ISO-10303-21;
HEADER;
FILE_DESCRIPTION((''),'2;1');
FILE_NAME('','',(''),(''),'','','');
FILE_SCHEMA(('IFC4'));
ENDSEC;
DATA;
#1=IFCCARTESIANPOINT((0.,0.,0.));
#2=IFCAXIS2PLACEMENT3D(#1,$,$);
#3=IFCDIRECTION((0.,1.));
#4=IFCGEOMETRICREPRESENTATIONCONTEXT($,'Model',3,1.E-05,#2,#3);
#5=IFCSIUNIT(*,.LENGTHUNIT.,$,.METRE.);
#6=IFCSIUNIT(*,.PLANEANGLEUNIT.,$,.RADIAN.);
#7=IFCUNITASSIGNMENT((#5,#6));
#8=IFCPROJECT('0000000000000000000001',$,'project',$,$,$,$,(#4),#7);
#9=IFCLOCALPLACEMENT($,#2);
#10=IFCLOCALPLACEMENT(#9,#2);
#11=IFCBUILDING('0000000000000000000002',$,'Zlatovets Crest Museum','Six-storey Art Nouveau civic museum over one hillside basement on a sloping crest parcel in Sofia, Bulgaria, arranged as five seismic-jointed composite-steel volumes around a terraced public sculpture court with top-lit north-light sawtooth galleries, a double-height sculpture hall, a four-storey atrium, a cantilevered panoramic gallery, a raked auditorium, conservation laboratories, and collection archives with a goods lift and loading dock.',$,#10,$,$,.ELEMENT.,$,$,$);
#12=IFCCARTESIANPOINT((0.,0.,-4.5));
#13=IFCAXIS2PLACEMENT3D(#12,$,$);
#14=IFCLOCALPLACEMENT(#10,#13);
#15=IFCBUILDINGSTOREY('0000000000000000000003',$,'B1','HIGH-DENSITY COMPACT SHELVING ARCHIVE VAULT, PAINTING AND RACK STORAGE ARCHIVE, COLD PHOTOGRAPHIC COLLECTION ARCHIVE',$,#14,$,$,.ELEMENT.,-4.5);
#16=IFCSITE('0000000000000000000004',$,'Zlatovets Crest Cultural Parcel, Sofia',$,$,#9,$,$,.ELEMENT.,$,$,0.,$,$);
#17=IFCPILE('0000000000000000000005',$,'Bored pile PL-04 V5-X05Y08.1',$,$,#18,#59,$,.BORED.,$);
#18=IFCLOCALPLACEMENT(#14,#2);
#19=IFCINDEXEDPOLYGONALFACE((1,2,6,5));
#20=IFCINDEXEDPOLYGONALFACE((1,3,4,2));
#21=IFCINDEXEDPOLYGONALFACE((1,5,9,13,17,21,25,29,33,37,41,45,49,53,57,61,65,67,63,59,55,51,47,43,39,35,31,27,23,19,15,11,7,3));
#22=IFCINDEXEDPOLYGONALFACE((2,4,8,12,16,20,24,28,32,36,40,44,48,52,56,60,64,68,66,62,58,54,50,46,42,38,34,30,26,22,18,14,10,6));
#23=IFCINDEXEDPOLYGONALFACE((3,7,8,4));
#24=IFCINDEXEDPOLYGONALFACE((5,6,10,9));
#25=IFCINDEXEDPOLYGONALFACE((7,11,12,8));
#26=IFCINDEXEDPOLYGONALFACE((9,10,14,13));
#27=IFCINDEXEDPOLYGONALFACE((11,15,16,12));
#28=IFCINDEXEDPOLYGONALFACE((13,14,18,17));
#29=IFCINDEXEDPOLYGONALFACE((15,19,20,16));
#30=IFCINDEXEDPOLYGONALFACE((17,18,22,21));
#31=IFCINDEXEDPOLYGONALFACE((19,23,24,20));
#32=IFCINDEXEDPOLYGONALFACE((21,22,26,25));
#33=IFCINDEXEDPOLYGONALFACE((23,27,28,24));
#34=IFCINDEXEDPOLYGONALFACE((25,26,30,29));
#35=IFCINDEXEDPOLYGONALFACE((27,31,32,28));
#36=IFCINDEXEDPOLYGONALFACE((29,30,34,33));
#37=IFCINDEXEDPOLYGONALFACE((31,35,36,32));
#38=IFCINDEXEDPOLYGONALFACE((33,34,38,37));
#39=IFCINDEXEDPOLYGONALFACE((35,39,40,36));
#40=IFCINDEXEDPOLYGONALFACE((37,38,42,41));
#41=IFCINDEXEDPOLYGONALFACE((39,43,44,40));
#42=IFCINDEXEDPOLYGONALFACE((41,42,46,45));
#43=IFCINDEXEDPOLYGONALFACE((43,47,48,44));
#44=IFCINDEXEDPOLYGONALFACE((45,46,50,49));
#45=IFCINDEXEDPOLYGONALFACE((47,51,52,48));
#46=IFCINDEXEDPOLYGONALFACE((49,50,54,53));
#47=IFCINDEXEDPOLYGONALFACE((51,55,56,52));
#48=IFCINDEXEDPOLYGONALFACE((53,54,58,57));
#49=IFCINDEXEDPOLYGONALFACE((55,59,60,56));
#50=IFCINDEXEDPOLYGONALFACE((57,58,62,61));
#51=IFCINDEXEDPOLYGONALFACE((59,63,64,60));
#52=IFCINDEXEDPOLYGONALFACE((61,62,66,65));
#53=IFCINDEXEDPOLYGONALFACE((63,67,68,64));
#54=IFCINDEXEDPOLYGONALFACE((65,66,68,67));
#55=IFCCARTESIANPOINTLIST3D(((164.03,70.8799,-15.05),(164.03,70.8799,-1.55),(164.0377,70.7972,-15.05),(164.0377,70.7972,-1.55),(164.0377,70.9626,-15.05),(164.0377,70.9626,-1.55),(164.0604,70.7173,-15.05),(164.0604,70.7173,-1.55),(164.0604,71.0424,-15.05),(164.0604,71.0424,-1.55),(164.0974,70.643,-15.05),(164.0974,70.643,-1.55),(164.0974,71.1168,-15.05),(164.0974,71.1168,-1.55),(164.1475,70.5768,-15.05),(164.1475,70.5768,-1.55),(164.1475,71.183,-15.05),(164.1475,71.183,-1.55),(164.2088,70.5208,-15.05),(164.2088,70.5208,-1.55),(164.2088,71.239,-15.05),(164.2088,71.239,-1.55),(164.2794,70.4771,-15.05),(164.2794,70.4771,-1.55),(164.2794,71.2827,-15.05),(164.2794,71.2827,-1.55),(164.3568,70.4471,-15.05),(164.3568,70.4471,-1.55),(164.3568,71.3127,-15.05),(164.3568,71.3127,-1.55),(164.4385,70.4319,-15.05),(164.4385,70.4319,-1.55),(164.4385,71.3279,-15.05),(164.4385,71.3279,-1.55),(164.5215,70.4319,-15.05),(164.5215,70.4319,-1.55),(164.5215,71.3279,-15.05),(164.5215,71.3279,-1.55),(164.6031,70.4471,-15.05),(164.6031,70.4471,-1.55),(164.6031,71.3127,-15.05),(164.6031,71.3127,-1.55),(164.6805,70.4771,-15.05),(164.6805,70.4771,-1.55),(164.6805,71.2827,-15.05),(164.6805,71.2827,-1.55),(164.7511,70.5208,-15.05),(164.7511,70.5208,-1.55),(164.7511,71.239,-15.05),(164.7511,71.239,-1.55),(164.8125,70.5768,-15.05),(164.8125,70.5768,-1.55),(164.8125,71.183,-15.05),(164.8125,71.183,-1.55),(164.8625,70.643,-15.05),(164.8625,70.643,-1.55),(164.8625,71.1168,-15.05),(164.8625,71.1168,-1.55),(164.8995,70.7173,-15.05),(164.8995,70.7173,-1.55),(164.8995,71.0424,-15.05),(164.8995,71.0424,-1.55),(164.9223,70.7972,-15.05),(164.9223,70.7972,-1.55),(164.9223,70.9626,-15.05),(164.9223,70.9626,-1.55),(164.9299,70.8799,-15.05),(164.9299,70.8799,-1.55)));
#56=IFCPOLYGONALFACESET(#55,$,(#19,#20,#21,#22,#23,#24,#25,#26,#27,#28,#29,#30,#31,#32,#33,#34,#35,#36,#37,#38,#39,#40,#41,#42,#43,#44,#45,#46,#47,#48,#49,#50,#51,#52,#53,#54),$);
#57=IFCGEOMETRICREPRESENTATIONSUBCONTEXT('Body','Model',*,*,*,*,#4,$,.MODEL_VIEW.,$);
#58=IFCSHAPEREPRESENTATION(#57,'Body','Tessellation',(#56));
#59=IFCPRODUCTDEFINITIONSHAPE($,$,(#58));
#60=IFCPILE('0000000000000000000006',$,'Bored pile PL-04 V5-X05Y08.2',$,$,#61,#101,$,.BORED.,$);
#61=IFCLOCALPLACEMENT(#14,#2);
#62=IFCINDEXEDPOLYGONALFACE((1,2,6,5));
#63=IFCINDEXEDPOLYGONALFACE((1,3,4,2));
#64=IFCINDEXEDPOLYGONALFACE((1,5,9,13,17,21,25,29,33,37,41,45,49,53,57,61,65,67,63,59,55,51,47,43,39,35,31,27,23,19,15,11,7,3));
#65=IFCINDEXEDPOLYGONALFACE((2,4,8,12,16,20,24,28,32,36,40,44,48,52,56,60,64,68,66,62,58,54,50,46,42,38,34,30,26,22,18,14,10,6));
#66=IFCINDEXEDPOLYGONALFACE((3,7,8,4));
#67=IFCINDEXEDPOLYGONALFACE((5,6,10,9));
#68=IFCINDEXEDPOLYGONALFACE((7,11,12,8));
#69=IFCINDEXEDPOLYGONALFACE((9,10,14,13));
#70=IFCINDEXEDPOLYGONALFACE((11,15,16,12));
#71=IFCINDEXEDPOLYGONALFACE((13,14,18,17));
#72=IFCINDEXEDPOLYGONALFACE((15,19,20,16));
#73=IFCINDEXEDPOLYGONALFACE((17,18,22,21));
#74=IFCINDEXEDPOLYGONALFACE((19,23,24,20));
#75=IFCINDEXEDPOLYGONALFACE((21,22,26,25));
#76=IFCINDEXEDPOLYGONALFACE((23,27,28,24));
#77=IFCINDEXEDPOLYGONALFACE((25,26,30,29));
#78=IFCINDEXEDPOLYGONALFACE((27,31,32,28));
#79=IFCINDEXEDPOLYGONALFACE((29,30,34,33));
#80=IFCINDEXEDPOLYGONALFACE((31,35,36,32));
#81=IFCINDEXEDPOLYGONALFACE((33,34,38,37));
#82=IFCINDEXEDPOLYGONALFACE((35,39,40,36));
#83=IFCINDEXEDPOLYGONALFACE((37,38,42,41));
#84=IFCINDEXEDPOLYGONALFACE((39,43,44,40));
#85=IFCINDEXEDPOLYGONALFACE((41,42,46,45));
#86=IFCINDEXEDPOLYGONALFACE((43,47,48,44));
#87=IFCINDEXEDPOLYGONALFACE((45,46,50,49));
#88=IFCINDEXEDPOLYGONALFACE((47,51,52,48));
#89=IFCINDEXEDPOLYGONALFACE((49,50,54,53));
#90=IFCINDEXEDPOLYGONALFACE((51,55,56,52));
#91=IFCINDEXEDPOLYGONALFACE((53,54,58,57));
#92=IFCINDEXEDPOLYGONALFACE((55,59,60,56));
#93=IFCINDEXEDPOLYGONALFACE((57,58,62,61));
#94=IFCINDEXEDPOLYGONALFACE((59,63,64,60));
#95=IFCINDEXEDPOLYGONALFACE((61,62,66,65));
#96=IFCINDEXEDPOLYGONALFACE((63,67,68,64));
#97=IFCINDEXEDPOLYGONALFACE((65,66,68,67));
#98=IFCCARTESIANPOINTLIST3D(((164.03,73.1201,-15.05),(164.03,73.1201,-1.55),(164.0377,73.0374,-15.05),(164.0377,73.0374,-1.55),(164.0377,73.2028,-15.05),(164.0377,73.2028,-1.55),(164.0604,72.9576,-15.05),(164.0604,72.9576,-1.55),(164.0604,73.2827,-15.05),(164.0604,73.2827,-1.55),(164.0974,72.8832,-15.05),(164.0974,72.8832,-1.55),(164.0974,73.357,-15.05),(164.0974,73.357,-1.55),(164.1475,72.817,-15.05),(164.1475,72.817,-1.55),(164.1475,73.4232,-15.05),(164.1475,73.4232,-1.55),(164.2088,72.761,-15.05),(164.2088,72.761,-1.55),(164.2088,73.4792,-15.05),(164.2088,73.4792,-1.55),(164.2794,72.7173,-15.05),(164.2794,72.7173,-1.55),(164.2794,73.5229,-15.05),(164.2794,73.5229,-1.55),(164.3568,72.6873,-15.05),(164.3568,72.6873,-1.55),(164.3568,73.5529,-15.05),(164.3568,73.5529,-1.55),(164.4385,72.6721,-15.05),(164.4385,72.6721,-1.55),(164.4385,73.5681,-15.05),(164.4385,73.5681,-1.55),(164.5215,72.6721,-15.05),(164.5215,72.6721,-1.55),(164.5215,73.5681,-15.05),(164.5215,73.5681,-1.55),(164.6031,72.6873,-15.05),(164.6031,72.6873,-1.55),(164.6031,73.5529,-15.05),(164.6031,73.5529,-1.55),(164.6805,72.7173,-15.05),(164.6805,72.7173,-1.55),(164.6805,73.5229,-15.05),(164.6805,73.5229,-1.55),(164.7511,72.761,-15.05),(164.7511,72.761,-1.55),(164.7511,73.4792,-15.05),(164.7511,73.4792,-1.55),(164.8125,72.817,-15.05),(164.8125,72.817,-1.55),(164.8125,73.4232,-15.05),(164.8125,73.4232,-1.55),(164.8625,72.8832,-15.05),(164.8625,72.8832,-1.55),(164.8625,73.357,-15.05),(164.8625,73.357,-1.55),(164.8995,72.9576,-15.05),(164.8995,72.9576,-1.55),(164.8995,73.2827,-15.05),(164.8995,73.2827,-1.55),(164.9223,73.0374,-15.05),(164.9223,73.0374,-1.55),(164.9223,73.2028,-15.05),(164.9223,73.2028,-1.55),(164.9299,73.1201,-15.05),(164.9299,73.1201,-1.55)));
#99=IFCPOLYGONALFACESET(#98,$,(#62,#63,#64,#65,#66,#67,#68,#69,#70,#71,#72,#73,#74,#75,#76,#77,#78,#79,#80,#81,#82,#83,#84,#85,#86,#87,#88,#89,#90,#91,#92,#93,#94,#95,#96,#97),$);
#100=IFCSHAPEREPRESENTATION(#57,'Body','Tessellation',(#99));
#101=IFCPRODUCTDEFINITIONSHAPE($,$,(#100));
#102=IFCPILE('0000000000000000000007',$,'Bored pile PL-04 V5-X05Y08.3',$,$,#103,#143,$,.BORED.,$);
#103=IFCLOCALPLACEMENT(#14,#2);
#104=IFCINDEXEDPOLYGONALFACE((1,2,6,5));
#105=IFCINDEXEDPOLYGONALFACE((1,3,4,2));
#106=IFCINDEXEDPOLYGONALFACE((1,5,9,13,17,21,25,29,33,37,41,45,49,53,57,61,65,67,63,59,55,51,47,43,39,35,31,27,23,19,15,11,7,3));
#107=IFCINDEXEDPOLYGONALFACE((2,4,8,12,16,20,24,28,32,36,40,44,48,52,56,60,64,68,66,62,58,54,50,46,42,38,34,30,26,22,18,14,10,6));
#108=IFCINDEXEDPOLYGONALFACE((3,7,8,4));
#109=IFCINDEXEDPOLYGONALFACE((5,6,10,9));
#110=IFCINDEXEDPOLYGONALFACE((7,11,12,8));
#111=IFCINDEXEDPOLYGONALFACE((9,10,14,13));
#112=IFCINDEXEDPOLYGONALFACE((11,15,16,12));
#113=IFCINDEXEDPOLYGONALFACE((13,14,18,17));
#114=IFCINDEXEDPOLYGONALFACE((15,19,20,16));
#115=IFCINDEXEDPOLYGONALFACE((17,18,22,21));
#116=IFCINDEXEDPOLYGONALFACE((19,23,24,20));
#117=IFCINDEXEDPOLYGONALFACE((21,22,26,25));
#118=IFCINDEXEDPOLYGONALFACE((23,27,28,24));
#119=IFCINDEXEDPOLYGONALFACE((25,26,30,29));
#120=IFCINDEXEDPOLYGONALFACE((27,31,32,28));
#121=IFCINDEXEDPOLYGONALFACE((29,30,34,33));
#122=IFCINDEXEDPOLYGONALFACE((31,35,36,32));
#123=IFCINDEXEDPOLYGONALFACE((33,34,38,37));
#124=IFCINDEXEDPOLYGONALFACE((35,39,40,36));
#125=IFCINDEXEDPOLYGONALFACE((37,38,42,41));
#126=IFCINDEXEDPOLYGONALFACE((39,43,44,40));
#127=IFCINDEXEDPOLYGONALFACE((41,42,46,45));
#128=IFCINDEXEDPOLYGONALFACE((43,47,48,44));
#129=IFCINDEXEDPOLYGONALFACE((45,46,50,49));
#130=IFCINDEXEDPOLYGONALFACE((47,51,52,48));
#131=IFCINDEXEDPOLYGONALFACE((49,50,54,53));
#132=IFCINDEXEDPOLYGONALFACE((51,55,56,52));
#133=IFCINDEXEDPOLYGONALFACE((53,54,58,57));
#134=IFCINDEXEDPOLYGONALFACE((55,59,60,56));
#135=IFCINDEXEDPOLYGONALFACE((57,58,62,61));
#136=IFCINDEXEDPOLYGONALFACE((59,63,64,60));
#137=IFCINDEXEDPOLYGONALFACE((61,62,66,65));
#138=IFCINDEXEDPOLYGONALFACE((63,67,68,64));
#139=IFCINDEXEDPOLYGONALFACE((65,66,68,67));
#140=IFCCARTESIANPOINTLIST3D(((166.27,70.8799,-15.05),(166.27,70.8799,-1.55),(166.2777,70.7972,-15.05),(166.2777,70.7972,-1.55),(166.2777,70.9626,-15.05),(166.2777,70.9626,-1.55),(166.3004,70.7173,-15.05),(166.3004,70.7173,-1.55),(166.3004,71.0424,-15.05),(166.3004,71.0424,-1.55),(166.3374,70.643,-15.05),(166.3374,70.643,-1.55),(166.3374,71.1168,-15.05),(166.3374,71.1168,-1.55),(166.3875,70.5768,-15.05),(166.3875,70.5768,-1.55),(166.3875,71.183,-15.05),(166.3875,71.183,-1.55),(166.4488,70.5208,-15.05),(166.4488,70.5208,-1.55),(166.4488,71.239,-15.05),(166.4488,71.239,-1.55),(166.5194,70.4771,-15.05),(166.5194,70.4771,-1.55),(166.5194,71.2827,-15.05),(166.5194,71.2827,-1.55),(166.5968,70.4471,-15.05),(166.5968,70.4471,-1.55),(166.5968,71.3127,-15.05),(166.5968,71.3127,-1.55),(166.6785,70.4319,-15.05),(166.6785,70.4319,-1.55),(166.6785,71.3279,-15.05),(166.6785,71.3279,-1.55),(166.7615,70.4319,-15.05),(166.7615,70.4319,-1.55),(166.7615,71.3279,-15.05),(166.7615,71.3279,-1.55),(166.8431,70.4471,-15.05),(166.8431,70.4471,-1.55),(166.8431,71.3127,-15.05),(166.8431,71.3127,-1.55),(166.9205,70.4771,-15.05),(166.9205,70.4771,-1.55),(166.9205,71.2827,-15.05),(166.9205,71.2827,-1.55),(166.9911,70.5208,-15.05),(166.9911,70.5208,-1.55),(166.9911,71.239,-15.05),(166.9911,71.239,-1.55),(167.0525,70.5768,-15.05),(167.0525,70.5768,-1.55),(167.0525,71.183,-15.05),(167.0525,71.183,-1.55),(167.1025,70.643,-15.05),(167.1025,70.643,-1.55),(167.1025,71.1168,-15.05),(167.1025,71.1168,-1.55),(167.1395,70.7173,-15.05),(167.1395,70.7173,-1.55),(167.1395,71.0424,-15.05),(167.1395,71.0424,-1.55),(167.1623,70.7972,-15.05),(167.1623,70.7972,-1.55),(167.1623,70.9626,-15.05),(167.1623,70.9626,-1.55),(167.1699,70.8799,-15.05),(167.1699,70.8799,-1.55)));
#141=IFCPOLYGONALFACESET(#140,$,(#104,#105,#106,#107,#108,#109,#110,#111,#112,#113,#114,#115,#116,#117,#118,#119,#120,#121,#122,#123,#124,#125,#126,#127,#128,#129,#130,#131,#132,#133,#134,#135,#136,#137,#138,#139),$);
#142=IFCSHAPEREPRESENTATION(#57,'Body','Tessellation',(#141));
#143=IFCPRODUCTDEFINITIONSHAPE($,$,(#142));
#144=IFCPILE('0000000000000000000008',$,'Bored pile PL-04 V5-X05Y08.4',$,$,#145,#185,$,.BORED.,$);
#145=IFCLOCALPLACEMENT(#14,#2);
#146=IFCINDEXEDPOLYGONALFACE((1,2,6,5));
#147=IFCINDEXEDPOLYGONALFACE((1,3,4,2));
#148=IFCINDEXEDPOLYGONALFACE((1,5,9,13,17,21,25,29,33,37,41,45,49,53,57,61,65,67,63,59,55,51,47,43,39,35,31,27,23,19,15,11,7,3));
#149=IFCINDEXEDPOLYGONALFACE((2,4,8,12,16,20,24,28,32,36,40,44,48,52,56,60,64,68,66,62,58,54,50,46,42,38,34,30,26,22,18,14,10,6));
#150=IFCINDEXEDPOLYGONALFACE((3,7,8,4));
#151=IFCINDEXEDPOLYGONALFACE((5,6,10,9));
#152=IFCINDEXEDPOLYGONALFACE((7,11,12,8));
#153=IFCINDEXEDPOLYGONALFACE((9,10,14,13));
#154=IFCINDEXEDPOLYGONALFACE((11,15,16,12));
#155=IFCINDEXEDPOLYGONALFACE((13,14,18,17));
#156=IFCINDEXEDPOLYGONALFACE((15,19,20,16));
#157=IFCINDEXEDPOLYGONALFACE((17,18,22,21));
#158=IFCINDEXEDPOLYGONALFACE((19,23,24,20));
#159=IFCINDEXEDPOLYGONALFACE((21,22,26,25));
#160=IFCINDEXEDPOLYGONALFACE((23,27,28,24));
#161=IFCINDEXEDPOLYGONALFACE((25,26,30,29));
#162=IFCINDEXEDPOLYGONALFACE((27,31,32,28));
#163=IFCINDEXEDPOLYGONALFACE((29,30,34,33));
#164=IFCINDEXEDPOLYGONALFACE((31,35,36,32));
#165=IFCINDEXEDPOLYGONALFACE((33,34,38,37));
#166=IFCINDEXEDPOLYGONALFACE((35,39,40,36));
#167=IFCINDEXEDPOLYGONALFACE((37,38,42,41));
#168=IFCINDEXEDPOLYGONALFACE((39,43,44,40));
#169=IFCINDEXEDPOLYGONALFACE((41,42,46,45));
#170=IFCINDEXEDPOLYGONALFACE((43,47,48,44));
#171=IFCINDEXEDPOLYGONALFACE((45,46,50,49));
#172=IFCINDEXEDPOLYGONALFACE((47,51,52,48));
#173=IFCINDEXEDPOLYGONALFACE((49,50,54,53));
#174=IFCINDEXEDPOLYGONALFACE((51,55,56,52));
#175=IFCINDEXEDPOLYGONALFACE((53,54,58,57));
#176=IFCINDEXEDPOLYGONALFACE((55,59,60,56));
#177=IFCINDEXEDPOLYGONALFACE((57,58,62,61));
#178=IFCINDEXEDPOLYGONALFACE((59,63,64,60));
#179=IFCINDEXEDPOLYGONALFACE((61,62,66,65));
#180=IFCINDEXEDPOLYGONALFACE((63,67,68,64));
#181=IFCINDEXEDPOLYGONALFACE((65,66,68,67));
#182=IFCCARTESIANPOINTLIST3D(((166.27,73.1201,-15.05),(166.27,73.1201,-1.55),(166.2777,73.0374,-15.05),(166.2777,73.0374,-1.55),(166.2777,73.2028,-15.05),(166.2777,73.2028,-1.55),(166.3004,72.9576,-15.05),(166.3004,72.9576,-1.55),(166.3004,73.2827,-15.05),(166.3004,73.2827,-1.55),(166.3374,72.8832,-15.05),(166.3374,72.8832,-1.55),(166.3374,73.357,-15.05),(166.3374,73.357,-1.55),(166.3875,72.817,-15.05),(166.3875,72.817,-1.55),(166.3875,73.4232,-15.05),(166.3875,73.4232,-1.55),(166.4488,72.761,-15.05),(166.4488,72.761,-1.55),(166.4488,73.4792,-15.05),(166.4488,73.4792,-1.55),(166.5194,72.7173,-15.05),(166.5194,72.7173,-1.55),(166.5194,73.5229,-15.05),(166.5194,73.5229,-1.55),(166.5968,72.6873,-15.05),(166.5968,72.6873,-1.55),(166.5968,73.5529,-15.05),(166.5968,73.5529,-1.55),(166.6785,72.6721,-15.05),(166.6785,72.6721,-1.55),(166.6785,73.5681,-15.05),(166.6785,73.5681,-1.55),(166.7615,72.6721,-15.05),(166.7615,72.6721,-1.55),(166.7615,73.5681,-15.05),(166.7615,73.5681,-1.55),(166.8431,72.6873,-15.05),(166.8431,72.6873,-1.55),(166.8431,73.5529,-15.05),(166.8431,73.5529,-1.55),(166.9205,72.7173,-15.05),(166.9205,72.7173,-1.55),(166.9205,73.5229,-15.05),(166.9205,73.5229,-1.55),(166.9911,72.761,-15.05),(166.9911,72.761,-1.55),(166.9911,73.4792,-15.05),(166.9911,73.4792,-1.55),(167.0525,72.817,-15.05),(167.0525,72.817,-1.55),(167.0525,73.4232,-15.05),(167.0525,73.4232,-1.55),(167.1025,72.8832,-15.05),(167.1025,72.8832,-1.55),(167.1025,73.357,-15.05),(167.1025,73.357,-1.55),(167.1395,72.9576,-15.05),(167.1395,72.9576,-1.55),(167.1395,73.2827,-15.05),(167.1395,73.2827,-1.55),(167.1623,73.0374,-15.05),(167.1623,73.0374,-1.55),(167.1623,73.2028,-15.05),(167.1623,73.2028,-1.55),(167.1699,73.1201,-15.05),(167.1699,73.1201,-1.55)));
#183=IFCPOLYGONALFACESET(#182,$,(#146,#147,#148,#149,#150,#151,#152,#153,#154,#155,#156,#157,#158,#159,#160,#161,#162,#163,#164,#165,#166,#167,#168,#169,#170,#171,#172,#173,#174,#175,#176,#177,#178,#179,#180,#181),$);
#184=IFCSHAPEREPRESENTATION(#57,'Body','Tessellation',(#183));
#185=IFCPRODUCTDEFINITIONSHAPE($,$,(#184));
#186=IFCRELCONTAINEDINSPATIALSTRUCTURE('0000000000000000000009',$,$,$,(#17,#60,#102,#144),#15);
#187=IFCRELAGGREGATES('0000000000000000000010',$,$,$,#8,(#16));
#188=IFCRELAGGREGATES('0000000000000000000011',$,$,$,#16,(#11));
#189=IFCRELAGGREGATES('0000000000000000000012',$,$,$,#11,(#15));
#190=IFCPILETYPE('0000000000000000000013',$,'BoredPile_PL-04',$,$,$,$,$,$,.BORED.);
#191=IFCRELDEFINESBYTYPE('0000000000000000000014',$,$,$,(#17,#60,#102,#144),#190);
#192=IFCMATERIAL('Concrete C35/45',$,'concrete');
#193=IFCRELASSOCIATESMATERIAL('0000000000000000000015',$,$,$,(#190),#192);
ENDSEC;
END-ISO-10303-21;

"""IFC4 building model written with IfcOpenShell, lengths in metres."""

from ifc_helpers import new_model, si_unit, direction, frame, origin, origin_2d, place, context, subcontext, project, spatial, circle, extrude, material, material_profile, profile_set, type_object, element, save


model = new_model("IFC4")

# Units and contexts
model_context = context("Model", 3, precision=1e-05, world=origin(), true_north=direction((0.0, 1.0)))
body_context = subcontext(model_context, "Body", "Model", "MODEL_VIEW")
ifc_project = project(units=[si_unit("LENGTHUNIT", "METRE"), si_unit("PLANEANGLEUNIT", "RADIAN")], contexts=[model_context])

# Site, building, storey
site_placement = place(None, origin())
site = spatial("IfcSite", under=ifc_project, at=site_placement, Name="Zlatovets Crest Cultural Parcel, Sofia", CompositionType="ELEMENT", RefElevation=0.0)
building_placement = place(site_placement, origin())
building = spatial("IfcBuilding", under=site, at=building_placement, Name="Zlatovets Crest Museum", Description="Six-storey Art Nouveau civic museum over one hillside basement on a sloping crest parcel in Sofia, Bulgaria, arranged as five seismic-jointed composite-steel volumes around a terraced public sculpture court with top-lit north-light sawtooth galleries, a double-height sculpture hall, a four-storey atrium, a cantilevered panoramic gallery, a raked auditorium, conservation laboratories, and collection archives with a goods lift and loading dock.", CompositionType="ELEMENT")
storey_placement = place(building_placement, frame((0.0, 0.0, -4.5)))
storey = spatial("IfcBuildingStorey", under=building, at=storey_placement, Name="B1", Description="HIGH-DENSITY COMPACT SHELVING ARCHIVE VAULT, PAINTING AND RACK STORAGE ARCHIVE, COLD PHOTOGRAPHIC COLLECTION ARCHIVE", CompositionType="ELEMENT", Elevation=-4.5)

# Piles
ifc_material = material(Name="Concrete C35/45", Category="concrete")
ifc_material_profile_1 = material_profile(ifc_material, circle(Radius=0.45, at=origin_2d()), Name="PILE D900")
ifc_profile_set_1 = profile_set([ifc_material_profile_1], Name="Concrete C35/45")
pile_type = type_object("IfcPileType", Name="BoredPile_PL-04", PredefinedType="BORED", material=ifc_profile_set_1)
for number, where, z_axis, x_axis, name in (
    (1, (164.48, 70.8799, -1.55), (0.0, 0.0, -1.0), (1.0, 0.0, 0.0), "Bored pile PL-04 V5-X05Y08.1"),
    (2, (164.48, 73.1201, -1.55), (0.0, 0.0, -1.0), (1.0, 0.0, 0.0), "Bored pile PL-04 V5-X05Y08.2"),
    (3, (166.72, 70.8799, -1.55), (0.0, 0.0, -1.0), (1.0, 0.0, 0.0), "Bored pile PL-04 V5-X05Y08.3"),
    (4, (166.72, 73.1201, -1.55), (0.0, 0.0, -1.0), (1.0, 0.0, 0.0), "Bored pile PL-04 V5-X05Y08.4"),
):
    element("IfcPile", number, at=place(storey_placement, frame(where, z_axis=z_axis, x_axis=x_axis)), inside=storey, type_object=pile_type, Name=name, PredefinedType="BORED", context=body_context, shape_type="SweptSolid", body=[
        extrude(circle(Radius=0.45, at=origin_2d()), origin(), (0.0, 0.0, 1.0), 13.5),
    ])

save(model, "model.ifc")
